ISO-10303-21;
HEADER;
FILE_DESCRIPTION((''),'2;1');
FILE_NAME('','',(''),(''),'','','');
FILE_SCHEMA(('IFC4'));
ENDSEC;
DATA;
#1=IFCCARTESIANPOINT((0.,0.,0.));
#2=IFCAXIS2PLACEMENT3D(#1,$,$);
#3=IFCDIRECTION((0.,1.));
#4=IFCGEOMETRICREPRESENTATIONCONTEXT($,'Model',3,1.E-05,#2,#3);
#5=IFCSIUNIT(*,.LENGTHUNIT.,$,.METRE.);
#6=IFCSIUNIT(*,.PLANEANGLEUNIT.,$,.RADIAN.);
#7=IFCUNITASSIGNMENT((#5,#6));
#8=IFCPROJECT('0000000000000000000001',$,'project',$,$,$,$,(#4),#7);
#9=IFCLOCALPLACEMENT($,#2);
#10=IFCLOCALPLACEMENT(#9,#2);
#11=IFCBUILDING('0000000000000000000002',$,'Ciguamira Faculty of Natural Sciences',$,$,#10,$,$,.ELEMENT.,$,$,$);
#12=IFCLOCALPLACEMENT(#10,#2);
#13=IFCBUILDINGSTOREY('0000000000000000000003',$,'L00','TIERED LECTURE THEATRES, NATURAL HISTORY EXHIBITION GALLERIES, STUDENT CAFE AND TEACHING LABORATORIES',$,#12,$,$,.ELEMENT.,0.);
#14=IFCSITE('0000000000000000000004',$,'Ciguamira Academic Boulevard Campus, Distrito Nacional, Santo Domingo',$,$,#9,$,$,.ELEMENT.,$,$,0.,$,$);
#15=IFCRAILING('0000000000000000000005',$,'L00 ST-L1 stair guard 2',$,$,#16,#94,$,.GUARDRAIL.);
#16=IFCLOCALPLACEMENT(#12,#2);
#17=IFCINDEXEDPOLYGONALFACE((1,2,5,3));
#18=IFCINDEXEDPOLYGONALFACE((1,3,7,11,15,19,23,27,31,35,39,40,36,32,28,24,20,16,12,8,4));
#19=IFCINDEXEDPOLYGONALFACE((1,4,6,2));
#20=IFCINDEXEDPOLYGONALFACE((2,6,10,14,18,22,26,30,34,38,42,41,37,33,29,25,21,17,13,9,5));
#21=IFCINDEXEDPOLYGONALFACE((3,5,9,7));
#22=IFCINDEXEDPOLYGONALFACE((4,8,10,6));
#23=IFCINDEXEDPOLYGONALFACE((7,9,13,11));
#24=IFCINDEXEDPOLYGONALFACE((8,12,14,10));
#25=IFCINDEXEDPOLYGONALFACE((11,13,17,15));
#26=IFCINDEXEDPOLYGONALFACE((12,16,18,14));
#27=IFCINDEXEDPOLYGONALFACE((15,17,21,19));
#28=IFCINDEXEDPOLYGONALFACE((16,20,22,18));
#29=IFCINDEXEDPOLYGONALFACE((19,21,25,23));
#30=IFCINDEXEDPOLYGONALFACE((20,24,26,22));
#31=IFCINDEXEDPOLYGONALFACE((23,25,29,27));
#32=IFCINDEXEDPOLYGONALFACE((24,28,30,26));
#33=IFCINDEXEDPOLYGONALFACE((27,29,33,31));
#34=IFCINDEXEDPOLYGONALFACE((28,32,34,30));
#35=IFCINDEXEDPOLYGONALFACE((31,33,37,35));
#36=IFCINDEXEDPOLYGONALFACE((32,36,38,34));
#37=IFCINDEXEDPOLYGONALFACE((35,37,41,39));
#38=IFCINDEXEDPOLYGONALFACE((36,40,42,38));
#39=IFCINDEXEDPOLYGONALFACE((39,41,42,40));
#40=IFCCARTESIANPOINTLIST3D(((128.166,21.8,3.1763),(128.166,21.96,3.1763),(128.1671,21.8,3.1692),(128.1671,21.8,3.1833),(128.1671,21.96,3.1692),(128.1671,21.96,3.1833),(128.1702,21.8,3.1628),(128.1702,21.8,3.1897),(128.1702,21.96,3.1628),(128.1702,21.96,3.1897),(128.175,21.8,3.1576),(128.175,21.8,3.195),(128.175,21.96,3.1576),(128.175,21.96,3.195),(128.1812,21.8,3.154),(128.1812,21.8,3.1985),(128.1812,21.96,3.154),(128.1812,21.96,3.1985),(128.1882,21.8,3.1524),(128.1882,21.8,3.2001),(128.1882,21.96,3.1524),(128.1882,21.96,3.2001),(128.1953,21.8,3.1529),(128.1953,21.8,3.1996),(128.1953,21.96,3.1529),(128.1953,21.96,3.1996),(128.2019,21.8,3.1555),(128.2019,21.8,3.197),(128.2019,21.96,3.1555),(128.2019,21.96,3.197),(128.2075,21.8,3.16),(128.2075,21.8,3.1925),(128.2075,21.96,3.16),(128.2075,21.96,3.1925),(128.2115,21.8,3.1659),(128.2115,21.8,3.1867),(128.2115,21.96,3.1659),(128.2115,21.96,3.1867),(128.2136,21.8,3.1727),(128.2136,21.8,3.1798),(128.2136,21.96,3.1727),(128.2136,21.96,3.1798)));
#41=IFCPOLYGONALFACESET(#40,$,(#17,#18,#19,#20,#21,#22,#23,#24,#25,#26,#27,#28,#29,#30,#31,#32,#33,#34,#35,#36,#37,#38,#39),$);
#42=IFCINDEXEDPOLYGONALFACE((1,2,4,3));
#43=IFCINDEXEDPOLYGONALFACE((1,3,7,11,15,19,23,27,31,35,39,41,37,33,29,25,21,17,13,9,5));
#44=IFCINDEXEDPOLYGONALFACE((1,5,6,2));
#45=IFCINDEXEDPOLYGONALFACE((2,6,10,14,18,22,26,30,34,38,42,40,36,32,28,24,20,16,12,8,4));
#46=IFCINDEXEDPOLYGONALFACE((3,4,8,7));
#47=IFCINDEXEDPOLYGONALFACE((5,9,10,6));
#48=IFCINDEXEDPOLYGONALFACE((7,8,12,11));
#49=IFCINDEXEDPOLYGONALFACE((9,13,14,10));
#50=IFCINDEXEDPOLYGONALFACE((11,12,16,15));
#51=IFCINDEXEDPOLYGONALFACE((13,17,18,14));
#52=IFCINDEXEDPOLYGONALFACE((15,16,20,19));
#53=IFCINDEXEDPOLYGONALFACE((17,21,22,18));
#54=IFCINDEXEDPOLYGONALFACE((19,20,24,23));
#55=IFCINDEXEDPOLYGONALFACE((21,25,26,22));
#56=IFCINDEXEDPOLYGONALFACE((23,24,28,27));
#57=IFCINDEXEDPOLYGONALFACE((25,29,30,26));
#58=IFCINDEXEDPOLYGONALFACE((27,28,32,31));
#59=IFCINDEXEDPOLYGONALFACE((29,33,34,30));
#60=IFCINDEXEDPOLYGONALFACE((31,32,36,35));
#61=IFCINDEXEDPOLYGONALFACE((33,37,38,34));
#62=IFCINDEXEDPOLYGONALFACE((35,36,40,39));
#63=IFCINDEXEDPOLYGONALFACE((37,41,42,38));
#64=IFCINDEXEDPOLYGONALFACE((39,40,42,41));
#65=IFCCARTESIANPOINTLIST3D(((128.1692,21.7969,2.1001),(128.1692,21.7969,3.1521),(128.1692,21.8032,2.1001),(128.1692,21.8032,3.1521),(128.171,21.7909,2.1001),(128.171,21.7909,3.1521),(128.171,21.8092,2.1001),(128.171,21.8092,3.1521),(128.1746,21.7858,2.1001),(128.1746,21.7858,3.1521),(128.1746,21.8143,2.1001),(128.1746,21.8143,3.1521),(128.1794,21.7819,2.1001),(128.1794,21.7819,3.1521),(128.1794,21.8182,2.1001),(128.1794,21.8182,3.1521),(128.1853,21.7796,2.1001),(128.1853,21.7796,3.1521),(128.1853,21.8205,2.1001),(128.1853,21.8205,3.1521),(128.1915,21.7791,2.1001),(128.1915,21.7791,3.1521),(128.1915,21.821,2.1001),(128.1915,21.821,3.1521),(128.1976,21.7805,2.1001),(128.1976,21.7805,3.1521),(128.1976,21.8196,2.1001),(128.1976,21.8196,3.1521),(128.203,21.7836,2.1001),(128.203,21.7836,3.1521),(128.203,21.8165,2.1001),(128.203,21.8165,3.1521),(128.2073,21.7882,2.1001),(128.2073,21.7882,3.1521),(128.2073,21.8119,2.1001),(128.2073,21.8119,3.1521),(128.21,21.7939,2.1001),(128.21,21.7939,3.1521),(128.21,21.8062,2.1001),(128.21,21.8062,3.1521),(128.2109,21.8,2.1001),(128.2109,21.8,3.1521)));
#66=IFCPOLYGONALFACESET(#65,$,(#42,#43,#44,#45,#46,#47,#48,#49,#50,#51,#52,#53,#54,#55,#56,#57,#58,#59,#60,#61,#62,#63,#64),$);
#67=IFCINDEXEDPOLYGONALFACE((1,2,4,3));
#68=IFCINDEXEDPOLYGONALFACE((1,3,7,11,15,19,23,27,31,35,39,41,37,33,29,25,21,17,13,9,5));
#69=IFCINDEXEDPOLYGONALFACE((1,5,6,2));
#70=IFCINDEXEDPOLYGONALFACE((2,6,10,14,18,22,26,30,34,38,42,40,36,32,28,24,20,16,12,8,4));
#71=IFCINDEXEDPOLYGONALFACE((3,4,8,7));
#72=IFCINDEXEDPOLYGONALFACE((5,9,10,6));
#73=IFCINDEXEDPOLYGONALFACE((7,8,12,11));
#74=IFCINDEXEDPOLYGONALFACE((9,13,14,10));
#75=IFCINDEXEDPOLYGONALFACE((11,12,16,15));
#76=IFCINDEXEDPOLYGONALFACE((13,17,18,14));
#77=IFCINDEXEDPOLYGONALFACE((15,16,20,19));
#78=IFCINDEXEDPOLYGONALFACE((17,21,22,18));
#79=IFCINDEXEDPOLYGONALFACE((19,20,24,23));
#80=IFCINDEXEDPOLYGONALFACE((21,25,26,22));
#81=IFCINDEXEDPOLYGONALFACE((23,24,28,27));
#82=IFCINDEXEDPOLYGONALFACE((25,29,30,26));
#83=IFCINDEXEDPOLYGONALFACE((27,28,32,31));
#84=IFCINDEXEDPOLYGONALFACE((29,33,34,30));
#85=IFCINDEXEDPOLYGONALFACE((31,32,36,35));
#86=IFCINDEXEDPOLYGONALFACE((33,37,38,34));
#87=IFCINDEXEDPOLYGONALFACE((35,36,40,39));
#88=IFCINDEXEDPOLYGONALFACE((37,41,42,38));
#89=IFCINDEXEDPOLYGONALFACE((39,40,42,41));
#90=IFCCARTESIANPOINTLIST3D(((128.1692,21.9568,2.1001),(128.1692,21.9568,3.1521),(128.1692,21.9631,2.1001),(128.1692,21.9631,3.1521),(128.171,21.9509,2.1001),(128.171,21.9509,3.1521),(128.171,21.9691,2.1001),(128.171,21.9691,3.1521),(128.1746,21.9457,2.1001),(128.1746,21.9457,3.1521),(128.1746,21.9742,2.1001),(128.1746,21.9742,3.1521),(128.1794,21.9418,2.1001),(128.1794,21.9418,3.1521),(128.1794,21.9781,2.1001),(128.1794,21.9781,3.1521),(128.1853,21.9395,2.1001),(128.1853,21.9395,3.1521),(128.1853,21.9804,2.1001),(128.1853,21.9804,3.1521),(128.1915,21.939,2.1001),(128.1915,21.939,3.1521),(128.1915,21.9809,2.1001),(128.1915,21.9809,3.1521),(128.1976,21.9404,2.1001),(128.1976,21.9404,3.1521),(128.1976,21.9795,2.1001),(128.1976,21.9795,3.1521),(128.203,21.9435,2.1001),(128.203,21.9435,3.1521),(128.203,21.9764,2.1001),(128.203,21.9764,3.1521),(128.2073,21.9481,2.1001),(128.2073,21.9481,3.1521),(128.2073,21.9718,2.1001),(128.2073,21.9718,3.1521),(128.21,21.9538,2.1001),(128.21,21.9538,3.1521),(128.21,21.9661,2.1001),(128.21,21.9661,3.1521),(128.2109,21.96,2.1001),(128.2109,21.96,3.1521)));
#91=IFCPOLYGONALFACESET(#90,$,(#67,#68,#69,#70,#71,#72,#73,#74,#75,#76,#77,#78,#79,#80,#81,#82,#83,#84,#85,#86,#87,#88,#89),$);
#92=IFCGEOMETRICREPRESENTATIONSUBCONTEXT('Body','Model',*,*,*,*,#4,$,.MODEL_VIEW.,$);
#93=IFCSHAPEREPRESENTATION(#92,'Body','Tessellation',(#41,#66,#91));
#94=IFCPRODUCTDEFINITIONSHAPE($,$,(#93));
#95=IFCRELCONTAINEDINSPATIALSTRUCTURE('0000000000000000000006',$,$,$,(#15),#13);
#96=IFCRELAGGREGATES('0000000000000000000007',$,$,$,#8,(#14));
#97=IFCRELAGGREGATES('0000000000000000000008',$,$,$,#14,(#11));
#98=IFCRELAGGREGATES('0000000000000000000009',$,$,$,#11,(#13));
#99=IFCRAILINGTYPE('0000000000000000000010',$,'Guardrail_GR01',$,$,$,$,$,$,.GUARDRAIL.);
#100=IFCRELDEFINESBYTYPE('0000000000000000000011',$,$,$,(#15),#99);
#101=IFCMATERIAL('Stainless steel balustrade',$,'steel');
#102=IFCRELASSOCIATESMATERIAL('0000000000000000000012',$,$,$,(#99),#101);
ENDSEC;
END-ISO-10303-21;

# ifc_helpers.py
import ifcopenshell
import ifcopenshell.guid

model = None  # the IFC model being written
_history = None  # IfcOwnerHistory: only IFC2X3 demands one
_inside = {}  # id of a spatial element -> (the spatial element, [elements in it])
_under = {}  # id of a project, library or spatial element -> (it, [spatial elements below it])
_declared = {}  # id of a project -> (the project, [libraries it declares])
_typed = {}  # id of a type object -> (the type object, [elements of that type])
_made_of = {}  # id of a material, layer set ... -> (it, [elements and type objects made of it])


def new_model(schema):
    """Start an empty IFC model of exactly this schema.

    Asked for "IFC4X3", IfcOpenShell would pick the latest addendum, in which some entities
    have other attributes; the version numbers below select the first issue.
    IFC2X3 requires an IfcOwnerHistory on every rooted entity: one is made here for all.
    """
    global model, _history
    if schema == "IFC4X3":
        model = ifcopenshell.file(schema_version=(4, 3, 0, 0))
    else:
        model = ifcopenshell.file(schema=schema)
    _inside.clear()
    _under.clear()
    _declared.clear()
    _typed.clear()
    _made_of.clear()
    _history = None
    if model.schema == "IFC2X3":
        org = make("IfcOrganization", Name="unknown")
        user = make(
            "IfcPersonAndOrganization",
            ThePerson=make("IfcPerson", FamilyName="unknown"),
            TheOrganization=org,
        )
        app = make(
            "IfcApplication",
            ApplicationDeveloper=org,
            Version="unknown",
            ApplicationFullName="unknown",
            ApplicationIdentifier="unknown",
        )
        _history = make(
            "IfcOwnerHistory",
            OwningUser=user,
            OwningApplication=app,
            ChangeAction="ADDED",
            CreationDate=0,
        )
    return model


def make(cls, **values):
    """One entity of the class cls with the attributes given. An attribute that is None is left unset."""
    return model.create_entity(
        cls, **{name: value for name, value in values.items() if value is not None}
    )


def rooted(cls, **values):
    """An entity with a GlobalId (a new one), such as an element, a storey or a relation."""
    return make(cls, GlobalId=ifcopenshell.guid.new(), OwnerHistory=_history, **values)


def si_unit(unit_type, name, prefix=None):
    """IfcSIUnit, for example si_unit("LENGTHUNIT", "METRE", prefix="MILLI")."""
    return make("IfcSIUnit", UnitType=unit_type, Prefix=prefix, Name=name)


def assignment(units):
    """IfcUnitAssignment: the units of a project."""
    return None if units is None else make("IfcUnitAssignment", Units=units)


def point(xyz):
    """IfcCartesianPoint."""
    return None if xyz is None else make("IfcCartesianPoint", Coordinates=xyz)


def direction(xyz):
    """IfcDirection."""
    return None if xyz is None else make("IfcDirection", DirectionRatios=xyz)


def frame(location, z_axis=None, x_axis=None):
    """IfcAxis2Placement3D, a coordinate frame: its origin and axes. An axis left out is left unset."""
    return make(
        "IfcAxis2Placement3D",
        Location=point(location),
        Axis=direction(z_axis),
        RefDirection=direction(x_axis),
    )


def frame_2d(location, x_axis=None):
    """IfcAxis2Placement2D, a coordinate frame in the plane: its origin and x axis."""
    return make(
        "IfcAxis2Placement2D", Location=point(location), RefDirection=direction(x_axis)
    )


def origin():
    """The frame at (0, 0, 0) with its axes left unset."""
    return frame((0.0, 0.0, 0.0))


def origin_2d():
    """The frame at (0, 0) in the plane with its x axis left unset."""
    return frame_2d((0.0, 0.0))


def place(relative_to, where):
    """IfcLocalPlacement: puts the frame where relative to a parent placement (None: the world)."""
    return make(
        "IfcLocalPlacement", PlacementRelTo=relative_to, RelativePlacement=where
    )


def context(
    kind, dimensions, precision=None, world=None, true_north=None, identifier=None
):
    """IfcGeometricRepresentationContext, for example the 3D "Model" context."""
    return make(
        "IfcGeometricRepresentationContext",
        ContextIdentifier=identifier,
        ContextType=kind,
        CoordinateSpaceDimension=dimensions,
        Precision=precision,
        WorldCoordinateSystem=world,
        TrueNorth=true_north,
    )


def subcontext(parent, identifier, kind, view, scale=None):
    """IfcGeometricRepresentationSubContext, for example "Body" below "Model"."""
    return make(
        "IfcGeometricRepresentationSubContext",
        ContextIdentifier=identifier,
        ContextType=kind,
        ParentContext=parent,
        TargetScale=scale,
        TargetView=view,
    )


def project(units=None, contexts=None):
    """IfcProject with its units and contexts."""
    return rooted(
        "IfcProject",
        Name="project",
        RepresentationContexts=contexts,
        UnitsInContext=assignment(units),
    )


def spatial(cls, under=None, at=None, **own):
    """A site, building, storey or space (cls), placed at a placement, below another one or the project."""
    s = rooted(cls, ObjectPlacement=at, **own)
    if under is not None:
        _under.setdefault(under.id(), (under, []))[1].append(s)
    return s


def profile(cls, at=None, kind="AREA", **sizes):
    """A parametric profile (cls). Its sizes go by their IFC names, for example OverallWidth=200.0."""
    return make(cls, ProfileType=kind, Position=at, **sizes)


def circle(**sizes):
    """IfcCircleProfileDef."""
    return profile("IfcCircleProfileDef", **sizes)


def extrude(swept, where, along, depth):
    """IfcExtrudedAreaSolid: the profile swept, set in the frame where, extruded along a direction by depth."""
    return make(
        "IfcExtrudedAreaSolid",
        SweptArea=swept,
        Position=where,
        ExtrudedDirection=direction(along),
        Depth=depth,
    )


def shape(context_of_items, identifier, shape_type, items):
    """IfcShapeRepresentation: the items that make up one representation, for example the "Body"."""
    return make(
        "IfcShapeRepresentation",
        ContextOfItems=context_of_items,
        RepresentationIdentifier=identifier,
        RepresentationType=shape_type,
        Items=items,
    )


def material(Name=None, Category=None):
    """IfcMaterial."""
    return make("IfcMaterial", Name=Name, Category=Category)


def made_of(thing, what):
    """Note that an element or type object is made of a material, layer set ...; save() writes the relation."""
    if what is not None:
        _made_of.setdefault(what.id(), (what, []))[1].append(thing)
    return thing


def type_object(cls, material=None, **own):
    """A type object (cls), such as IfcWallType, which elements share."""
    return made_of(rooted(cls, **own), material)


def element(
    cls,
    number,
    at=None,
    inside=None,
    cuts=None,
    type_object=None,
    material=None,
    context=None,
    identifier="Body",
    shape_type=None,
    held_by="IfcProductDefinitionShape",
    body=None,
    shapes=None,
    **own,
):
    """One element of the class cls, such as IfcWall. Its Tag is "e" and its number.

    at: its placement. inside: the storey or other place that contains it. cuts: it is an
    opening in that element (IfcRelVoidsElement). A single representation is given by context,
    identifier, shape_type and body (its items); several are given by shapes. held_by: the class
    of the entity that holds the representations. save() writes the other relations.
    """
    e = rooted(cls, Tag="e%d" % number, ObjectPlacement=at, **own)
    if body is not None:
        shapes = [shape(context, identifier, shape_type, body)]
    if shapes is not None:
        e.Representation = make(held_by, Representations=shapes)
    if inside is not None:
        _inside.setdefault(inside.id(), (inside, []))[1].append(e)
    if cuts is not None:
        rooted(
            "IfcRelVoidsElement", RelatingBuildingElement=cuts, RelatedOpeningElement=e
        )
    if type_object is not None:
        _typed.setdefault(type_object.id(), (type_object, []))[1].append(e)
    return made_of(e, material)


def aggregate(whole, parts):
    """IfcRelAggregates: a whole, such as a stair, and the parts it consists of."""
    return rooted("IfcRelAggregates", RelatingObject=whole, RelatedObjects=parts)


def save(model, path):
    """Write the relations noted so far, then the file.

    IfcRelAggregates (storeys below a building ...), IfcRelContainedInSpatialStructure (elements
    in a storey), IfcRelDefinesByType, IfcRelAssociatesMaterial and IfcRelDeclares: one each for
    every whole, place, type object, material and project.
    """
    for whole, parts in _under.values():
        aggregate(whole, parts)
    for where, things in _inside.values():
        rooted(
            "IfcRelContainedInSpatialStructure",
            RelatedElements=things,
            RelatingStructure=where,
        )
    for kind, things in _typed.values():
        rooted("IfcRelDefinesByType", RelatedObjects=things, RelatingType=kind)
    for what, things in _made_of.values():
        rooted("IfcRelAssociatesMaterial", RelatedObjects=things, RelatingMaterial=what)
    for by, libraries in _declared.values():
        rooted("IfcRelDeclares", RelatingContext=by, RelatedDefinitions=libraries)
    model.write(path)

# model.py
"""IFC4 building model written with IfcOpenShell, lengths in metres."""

from ifc_helpers import new_model, si_unit, direction, frame, origin, origin_2d, place, context, subcontext, project, spatial, circle, extrude, material, type_object, element, save


model = new_model("IFC4")

# Units and contexts
model_context = context("Model", 3, precision=1e-05, world=origin(), true_north=direction((0.0, 1.0)))
body_context = subcontext(model_context, "Body", "Model", "MODEL_VIEW")
ifc_project = project(units=[si_unit("LENGTHUNIT", "METRE"), si_unit("PLANEANGLEUNIT", "RADIAN")], contexts=[model_context])

# Site, building, storey
site_placement = place(None, origin())
site = spatial("IfcSite", under=ifc_project, at=site_placement, Name="Ciguamira Academic Boulevard Campus, Distrito Nacional, Santo Domingo", CompositionType="ELEMENT", RefElevation=0.0)
building_placement = place(site_placement, origin())
building = spatial("IfcBuilding", under=site, at=building_placement, Name="Ciguamira Faculty of Natural Sciences", CompositionType="ELEMENT")
storey_placement = place(building_placement, origin())
storey = spatial("IfcBuildingStorey", under=building, at=storey_placement, Name="L00", Description="TIERED LECTURE THEATRES, NATURAL HISTORY EXHIBITION GALLERIES, STUDENT CAFE AND TEACHING LABORATORIES", CompositionType="ELEMENT", Elevation=0.0)

# Railing
ifc_material_1 = material(Name="Stainless steel balustrade", Category="steel")
railing_type_1 = type_object("IfcRailingType", Name="Guardrail_GR01", PredefinedType="GUARDRAIL", material=ifc_material_1)
railing_1_placement = place(storey_placement, frame((128.1899, 21.8, 2.1001)))
element("IfcRailing", 1, at=railing_1_placement, inside=storey, type_object=railing_type_1, Name="L00 ST-L1 stair guard 2", PredefinedType="GUARDRAIL", context=body_context, shape_type="SweptSolid", body=[
    extrude(circle(Radius=0.0239, at=origin_2d()), frame((0.0, 0.0, 1.0762), z_axis=(0.0, 1.0, 0.0), x_axis=(-1.0, 0.0, 0.0)), (0.0, 0.0, 1.0), 0.1599),
    extrude(circle(Radius=0.021, at=origin_2d()), origin(), (0.0, 0.0, 1.0), 1.052),
    extrude(circle(Radius=0.021, at=origin_2d()), frame((0.0, 0.1599, 0.0)), (0.0, 0.0, 1.0), 1.052),
])

save(model, "model.ifc")
